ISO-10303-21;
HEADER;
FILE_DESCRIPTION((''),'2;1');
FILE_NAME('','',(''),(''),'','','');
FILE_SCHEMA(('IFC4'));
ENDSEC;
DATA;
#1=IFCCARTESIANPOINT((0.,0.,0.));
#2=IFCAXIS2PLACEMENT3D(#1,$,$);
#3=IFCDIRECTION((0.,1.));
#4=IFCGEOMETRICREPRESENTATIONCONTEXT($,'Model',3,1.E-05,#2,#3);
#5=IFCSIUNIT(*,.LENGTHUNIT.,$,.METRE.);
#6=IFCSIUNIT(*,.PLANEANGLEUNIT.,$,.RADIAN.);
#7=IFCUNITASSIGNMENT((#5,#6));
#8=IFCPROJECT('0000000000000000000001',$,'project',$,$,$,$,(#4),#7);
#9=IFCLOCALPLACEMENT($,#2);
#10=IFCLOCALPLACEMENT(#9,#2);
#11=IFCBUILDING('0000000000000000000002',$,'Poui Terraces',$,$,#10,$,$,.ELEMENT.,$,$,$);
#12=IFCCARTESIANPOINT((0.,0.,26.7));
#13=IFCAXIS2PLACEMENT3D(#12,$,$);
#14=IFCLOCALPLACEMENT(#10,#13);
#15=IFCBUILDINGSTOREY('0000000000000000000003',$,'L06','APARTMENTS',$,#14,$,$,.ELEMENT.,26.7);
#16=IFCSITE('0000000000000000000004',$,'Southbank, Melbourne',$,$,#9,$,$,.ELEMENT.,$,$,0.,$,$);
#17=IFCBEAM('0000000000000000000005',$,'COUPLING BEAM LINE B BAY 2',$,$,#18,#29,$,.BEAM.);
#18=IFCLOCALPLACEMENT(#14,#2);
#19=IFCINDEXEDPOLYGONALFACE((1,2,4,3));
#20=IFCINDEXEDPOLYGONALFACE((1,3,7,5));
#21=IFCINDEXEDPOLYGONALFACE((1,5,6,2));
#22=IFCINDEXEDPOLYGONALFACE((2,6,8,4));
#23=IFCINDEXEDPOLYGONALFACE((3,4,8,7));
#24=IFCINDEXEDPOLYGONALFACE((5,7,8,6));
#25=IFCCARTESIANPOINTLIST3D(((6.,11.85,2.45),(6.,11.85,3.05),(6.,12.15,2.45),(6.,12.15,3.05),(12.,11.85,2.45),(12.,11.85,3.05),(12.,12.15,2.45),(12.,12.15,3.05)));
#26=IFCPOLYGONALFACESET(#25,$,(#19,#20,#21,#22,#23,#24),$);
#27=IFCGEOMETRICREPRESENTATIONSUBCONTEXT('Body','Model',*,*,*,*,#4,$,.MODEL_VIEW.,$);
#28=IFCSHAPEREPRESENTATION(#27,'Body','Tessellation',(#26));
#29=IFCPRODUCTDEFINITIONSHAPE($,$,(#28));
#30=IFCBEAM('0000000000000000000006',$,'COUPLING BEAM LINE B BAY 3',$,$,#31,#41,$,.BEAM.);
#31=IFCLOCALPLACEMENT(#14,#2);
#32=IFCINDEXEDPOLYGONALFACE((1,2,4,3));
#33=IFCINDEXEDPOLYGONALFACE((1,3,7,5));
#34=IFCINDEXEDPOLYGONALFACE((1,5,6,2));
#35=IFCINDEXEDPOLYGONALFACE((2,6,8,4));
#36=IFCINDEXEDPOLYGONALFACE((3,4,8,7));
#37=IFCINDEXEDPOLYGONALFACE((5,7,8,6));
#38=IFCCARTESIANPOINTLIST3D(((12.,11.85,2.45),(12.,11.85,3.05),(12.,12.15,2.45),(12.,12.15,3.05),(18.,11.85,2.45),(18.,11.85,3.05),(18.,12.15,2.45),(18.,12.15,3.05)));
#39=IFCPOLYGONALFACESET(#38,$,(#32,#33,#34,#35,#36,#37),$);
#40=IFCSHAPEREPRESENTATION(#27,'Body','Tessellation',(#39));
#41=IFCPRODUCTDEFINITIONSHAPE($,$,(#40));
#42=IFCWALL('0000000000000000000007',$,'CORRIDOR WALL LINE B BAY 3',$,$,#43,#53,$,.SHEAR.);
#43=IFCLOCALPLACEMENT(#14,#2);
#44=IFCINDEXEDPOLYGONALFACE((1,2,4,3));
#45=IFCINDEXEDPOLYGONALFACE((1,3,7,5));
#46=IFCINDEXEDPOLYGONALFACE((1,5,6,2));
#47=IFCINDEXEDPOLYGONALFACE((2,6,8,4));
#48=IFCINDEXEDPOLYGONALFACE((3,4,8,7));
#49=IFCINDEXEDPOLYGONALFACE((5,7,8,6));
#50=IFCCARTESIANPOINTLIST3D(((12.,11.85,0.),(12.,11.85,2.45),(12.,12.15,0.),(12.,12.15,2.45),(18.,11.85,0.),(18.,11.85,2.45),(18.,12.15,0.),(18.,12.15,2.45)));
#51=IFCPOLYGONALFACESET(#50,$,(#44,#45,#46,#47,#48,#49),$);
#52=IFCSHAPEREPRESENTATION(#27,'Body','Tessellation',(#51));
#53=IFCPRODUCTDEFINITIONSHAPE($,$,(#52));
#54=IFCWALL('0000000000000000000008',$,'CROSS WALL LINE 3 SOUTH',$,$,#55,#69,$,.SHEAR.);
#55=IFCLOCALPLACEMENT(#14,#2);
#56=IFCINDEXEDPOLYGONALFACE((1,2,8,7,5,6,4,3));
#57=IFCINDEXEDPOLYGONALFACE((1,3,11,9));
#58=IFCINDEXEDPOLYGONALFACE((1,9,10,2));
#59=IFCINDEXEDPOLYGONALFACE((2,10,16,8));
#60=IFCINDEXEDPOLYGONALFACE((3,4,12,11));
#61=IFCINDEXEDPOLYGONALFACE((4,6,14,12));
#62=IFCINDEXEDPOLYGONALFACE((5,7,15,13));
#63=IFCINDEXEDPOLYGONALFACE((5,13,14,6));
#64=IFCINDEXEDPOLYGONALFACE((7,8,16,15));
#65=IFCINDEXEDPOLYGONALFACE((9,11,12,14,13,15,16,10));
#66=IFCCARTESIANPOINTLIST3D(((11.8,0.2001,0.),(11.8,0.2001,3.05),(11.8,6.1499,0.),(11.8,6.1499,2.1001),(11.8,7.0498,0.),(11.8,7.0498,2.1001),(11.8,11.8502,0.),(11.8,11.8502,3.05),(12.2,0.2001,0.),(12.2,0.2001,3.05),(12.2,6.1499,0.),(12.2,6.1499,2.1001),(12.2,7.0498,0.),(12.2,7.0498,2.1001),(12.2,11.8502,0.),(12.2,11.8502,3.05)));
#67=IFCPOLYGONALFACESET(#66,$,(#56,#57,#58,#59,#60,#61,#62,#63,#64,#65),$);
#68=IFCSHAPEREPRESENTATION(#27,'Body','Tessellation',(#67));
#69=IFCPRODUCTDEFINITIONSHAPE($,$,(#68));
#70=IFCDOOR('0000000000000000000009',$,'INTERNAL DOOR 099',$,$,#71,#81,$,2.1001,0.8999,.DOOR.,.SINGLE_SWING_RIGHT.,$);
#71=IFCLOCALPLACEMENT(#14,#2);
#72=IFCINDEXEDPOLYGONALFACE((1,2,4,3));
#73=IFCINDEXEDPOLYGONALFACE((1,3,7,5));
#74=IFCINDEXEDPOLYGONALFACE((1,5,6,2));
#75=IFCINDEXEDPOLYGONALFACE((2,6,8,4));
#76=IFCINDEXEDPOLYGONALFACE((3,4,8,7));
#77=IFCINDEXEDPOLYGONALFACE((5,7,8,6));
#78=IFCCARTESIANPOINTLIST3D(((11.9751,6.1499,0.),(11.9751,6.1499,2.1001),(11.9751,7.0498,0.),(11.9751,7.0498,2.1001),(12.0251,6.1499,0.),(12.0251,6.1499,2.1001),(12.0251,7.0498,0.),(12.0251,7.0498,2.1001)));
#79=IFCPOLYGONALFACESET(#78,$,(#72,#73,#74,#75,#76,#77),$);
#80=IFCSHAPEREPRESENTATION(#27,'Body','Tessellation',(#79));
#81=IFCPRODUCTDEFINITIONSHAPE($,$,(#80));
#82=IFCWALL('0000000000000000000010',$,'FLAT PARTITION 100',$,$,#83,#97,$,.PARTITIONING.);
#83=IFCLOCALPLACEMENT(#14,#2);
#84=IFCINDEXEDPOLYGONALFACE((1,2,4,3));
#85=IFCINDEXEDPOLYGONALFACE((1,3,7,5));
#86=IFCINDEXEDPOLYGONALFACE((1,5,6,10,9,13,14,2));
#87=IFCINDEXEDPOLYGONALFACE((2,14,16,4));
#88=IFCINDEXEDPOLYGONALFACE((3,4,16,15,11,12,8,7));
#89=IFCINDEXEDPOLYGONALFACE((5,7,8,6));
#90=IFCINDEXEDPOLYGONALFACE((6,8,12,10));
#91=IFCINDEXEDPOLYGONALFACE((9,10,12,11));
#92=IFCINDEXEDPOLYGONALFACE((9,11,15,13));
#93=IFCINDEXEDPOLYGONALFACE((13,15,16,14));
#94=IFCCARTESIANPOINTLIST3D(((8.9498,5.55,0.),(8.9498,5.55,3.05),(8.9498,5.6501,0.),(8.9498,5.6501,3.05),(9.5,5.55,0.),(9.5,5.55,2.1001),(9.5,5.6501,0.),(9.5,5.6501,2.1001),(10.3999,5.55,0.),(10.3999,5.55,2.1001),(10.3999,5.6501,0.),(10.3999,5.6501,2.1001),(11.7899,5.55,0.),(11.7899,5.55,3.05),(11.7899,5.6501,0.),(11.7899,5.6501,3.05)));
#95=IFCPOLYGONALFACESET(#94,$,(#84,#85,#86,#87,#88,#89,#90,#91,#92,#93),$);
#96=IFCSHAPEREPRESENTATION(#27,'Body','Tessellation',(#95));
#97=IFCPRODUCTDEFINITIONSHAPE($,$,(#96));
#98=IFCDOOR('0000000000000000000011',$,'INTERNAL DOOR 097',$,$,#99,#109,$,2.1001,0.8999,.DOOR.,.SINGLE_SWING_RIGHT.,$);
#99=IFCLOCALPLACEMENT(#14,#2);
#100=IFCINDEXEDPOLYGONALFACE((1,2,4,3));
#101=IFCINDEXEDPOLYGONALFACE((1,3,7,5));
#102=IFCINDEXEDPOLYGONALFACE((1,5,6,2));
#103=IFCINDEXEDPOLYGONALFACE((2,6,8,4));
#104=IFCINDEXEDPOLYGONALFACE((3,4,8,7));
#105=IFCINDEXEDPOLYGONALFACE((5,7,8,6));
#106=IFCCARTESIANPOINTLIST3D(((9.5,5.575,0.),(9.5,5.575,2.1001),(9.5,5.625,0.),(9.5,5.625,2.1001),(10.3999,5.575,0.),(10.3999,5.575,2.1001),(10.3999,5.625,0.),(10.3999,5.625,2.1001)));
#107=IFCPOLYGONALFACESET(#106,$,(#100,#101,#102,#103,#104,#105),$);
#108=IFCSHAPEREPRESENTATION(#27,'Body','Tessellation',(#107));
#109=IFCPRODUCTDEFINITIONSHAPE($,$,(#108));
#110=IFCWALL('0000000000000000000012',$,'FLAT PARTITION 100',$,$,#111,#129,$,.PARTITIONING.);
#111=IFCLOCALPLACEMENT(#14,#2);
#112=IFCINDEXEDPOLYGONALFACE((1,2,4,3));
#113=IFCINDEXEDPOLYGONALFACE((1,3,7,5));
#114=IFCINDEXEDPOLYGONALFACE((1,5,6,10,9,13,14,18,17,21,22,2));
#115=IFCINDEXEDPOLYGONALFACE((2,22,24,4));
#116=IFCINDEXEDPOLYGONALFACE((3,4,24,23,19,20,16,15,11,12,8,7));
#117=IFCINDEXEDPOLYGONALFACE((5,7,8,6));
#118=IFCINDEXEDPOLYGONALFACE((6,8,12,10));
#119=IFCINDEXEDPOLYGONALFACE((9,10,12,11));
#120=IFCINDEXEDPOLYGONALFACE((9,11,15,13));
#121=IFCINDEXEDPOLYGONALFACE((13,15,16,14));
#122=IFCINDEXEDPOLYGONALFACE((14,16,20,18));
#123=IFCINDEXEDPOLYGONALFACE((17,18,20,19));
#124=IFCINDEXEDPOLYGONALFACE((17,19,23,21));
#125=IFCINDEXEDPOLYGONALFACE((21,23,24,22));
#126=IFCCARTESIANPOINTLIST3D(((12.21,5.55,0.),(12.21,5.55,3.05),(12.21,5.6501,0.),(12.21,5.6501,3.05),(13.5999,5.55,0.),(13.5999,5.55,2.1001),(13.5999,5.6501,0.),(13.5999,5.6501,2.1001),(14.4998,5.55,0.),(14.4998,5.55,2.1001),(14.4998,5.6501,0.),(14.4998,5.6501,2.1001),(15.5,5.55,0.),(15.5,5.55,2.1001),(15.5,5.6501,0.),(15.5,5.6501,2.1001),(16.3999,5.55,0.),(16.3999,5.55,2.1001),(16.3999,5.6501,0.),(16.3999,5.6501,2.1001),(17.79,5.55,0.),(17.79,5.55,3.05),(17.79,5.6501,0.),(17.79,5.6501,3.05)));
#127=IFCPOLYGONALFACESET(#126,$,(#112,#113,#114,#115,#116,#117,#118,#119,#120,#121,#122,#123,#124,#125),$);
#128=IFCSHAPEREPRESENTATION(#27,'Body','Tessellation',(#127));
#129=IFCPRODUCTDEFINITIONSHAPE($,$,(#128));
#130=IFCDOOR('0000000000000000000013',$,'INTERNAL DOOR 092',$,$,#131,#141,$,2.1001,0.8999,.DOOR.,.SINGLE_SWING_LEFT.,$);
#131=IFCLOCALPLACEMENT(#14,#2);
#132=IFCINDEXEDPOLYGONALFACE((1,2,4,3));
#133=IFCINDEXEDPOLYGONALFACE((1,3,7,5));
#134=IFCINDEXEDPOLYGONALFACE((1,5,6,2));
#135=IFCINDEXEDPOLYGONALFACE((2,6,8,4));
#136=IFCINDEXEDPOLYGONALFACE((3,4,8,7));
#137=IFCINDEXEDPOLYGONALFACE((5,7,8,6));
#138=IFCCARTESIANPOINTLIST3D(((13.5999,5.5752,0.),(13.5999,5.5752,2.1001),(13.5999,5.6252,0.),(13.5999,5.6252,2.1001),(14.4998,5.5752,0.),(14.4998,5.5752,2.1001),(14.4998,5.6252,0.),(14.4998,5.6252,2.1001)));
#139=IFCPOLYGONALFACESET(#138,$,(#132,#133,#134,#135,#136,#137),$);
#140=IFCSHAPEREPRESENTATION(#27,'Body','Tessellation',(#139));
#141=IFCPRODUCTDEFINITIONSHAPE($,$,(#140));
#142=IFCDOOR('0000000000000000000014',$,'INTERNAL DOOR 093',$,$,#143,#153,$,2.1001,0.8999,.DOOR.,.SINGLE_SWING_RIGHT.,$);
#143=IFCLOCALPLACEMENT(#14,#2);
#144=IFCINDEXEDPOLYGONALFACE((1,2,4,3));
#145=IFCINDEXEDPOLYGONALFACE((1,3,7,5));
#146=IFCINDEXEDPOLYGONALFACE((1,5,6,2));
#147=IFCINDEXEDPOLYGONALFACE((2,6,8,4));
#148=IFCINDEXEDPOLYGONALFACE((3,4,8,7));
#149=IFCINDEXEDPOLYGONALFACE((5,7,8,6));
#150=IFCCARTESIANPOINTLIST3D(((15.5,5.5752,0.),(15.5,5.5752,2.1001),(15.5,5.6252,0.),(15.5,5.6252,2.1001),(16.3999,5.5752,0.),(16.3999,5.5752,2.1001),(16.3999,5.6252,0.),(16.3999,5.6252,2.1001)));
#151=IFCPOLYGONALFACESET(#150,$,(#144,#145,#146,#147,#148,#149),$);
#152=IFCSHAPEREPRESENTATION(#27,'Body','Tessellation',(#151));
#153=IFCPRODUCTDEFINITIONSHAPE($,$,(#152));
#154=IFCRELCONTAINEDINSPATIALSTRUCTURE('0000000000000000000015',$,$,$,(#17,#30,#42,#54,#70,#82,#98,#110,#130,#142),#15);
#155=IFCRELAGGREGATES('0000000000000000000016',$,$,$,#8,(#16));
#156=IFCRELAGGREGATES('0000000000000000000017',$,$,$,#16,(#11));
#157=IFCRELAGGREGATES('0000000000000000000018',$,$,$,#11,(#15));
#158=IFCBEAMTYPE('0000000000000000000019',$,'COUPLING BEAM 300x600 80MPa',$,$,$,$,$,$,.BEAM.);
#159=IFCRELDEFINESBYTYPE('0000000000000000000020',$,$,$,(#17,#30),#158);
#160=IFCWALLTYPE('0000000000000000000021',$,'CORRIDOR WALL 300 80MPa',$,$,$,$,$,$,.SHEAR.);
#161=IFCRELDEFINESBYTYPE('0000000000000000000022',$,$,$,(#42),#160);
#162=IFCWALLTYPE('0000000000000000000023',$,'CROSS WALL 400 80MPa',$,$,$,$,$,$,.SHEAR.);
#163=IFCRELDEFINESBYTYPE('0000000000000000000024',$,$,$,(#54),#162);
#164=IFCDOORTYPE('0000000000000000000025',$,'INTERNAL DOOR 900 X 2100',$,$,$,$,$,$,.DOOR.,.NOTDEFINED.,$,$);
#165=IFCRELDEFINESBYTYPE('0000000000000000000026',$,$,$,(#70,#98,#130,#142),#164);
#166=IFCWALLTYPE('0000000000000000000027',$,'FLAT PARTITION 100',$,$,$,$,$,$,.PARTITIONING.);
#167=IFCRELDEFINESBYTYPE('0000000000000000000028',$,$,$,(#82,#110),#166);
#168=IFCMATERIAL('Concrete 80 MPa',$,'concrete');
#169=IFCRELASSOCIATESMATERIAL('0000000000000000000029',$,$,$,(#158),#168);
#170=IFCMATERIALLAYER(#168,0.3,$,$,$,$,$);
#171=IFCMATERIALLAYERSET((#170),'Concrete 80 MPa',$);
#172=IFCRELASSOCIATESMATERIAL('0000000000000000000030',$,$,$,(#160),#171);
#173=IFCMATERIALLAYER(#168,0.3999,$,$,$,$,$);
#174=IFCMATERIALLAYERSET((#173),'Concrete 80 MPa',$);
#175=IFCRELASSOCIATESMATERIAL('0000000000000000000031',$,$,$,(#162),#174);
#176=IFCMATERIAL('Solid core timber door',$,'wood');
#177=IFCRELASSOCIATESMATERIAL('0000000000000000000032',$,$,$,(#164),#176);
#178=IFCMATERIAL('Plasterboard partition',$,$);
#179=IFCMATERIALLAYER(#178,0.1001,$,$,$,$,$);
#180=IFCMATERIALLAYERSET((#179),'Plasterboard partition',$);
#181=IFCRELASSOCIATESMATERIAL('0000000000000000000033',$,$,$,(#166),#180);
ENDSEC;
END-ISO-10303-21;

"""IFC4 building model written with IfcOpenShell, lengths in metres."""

from ifc_helpers import new_model, si_unit, direction, frame, frame_2d, origin, origin_2d, place, context, subcontext, project, spatial, rectangle, extrude, source, transform, mapped, material, layer, layer_set, material_profile, profile_set, type_object, element, fill, save


model = new_model("IFC4")

# Units and contexts
model_context = context("Model", 3, precision=1e-05, world=origin(), true_north=direction((0.0, 1.0)))
body_context = subcontext(model_context, "Body", "Model", "MODEL_VIEW")
ifc_project = project(units=[si_unit("LENGTHUNIT", "METRE"), si_unit("PLANEANGLEUNIT", "RADIAN")], contexts=[model_context])

# Site, building, storey
site_placement = place(None, origin())
site = spatial("IfcSite", under=ifc_project, at=site_placement, Name="Southbank, Melbourne", CompositionType="ELEMENT", RefElevation=0.0)
building_placement = place(site_placement, origin())
building = spatial("IfcBuilding", under=site, at=building_placement, Name="Poui Terraces", CompositionType="ELEMENT")
storey_placement = place(building_placement, frame((0.0, 0.0, 26.7)))
storey = spatial("IfcBuildingStorey", under=building, at=storey_placement, Name="L06", Description="APARTMENTS", CompositionType="ELEMENT", Elevation=26.7)

# Beams
ifc_material_1 = material(Name="Concrete 80 MPa", Category="concrete")
ifc_material_profile = material_profile(ifc_material_1, rectangle(XDim=0.3, YDim=0.6001, at=origin_2d()), Name="RC 300x600")
ifc_profile_set = profile_set([ifc_material_profile], Name="Concrete 80 MPa")
beam_type = type_object("IfcBeamType", Name="COUPLING BEAM 300x600 80MPa", PredefinedType="BEAM", material=ifc_profile_set)
shared_shape = source(origin(), body_context, "Body", "SweptSolid", [
    extrude(rectangle(XDim=0.3, YDim=0.6001, at=origin_2d()), origin(), (0.0, 0.0, 1.0), 6.0),
])
for number, where, z_axis, x_axis, name in (
    (1, (6.0, 12.0, 2.75), (1.0, 0.0, 0.0), (0.0, 1.0, 0.0), "COUPLING BEAM LINE B BAY 2"),
    (2, (12.0, 12.0, 2.75), (1.0, 0.0, 0.0), (0.0, 1.0, 0.0), "COUPLING BEAM LINE B BAY 3"),
):
    element("IfcBeam", number, at=place(storey_placement, frame(where, z_axis=z_axis, x_axis=x_axis)), inside=storey, type_object=beam_type, Name=name, PredefinedType="BEAM", context=body_context, shape_type="MappedRepresentation", body=[
        mapped(shared_shape, transform((0.0, 0.0, 0.0))),
    ])

# Wall
ifc_layer_1 = layer(ifc_material_1, 0.3)
ifc_layer_set_1 = layer_set([ifc_layer_1], Name="Concrete 80 MPa")
wall_type_1 = type_object("IfcWallType", Name="CORRIDOR WALL 300 80MPa", PredefinedType="SHEAR", material=ifc_layer_set_1)
wall_1_placement = place(storey_placement, frame((12.0, 12.0, 0.0), z_axis=(0.0, 0.0, 1.0), x_axis=(1.0, 0.0, 0.0)))
element("IfcWall", 3, at=wall_1_placement, inside=storey, type_object=wall_type_1, Name="CORRIDOR WALL LINE B BAY 3", PredefinedType="SHEAR", context=body_context, shape_type="SweptSolid", body=[
    extrude(rectangle(XDim=6.0, YDim=0.3, at=frame_2d((3.0, 0.0))), origin(), (0.0, 0.0, 1.0), 2.45),
])

# Walls, openings, doors
ifc_layer_2 = layer(ifc_material_1, 0.3999)
ifc_layer_set_2 = layer_set([ifc_layer_2], Name="Concrete 80 MPa")
wall_type_2 = type_object("IfcWallType", Name="CROSS WALL 400 80MPa", PredefinedType="SHEAR", material=ifc_layer_set_2)
wall_2_placement = place(storey_placement, frame((12.0, 0.2, 0.0), z_axis=(0.0, 0.0, 1.0), x_axis=(0.0, 1.0, 0.0)))
wall_2 = element("IfcWall", 4, at=wall_2_placement, inside=storey, type_object=wall_type_2, Name="CROSS WALL LINE 3 SOUTH", PredefinedType="SHEAR", context=body_context, shape_type="SweptSolid", body=[
    extrude(rectangle(XDim=11.6501, YDim=0.3999, at=frame_2d((5.8252, 0.0))), origin(), (0.0, 0.0, 1.0), 3.05),
])
opening_1_placement = place(wall_2_placement, frame((5.95, 0.0, 0.0)))
opening_1 = element("IfcOpeningElement", 5, at=opening_1_placement, cuts=wall_2, PredefinedType="OPENING", context=body_context, shape_type="SweptSolid", body=[
    extrude(rectangle(XDim=0.8999, YDim=2.1001, at=frame_2d((0.45, 1.05))), frame((0.0, 0.21, 0.0), z_axis=(0.0, -1.0, 0.0), x_axis=(1.0, 0.0, 0.0)), (0.0, 0.0, 1.0), 0.4199),
])
ifc_material_2 = material(Name="Solid core timber door", Category="wood")
door_type_1 = type_object("IfcDoorType", Name="INTERNAL DOOR 900 X 2100", OperationType="NOTDEFINED", PredefinedType="DOOR", material=ifc_material_2)
door_1_placement = place(opening_1_placement, origin())
door_1 = element("IfcDoor", 6, at=door_1_placement, inside=storey, type_object=door_type_1, Name="INTERNAL DOOR 099", OperationType="SINGLE_SWING_RIGHT", OverallHeight=2.1001, OverallWidth=0.8999, PredefinedType="DOOR", context=body_context, shape_type="SweptSolid", body=[
    extrude(rectangle(XDim=0.8999, YDim=2.1001, at=frame_2d((0.45, 1.05))), frame((0.0, 0.0249, 0.0), z_axis=(0.0, -1.0, 0.0), x_axis=(1.0, 0.0, 0.0)), (0.0, 0.0, 1.0), 0.05),
])
fill(opening_1, door_1)
ifc_material_3 = material(Name="Plasterboard partition")
ifc_layer_3 = layer(ifc_material_3, 0.1001)
ifc_layer_set_3 = layer_set([ifc_layer_3], Name="Plasterboard partition")
wall_type_3 = type_object("IfcWallType", Name="FLAT PARTITION 100", PredefinedType="PARTITIONING", material=ifc_layer_set_3)
wall_3_placement = place(storey_placement, frame((8.95, 5.6001, 0.0), z_axis=(0.0, 0.0, 1.0), x_axis=(1.0, 0.0, 0.0)))
wall_3 = element("IfcWall", 7, at=wall_3_placement, inside=storey, type_object=wall_type_3, Name="FLAT PARTITION 100", PredefinedType="PARTITIONING", context=body_context, shape_type="SweptSolid", body=[
    extrude(rectangle(XDim=2.8401, YDim=0.1001, at=frame_2d((1.4199, 0.0))), origin(), (0.0, 0.0, 1.0), 3.05),
])
opening_2_placement = place(wall_3_placement, frame((0.55, 0.0, 0.0)))
opening_2 = element("IfcOpeningElement", 8, at=opening_2_placement, cuts=wall_3, PredefinedType="OPENING", context=body_context, shape_type="SweptSolid", body=[
    extrude(rectangle(XDim=0.8999, YDim=2.1001, at=frame_2d((0.45, 1.05))), frame((0.0, 0.0601, 0.0), z_axis=(0.0, -1.0, 0.0), x_axis=(1.0, 0.0, 0.0)), (0.0, 0.0, 1.0), 0.1201),
])
door_2_placement = place(opening_2_placement, origin())
door_2 = element("IfcDoor", 9, at=door_2_placement, inside=storey, type_object=door_type_1, Name="INTERNAL DOOR 097", OperationType="SINGLE_SWING_RIGHT", OverallHeight=2.1001, OverallWidth=0.8999, PredefinedType="DOOR", context=body_context, shape_type="SweptSolid", body=[
    extrude(rectangle(XDim=0.8999, YDim=2.1001, at=frame_2d((0.45, 1.05))), frame((0.0, 0.0249, 0.0), z_axis=(0.0, -1.0, 0.0), x_axis=(1.0, 0.0, 0.0)), (0.0, 0.0, 1.0), 0.05),
])
fill(opening_2, door_2)

# Wall, openings, doors
wall_4_placement = place(storey_placement, frame((12.21, 5.6001, 0.0), z_axis=(0.0, 0.0, 1.0), x_axis=(1.0, 0.0, 0.0)))
wall_4 = element("IfcWall", 10, at=wall_4_placement, inside=storey, type_object=wall_type_3, Name="FLAT PARTITION 100", PredefinedType="PARTITIONING", context=body_context, shape_type="SweptSolid", body=[
    extrude(rectangle(XDim=5.5801, YDim=0.1001, at=frame_2d((2.79, 0.0))), origin(), (0.0, 0.0, 1.0), 3.05),
])
opening_3_placement = place(wall_4_placement, frame((1.3899, 0.0, 0.0)))
opening_3 = element("IfcOpeningElement", 11, at=opening_3_placement, cuts=wall_4, PredefinedType="OPENING", context=body_context, shape_type="SweptSolid", body=[
    extrude(rectangle(XDim=0.8999, YDim=2.1001, at=frame_2d((0.45, 1.05))), frame((0.0, 0.0601, 0.0), z_axis=(0.0, -1.0, 0.0), x_axis=(1.0, 0.0, 0.0)), (0.0, 0.0, 1.0), 0.1201),
])
opening_4_placement = place(wall_4_placement, frame((3.29, 0.0, 0.0)))
opening_4 = element("IfcOpeningElement", 12, at=opening_4_placement, cuts=wall_4, PredefinedType="OPENING", context=body_context, shape_type="SweptSolid", body=[
    extrude(rectangle(XDim=0.8999, YDim=2.1001, at=frame_2d((0.45, 1.05))), frame((0.0, 0.0601, 0.0), z_axis=(0.0, -1.0, 0.0), x_axis=(1.0, 0.0, 0.0)), (0.0, 0.0, 1.0), 0.1201),
])
door_3_placement = place(opening_3_placement, frame((0.8999, 0.0, 0.0), z_axis=(0.0, 0.0, 1.0), x_axis=(-1.0, 0.0, 0.0)))
door_3 = element("IfcDoor", 13, at=door_3_placement, inside=storey, type_object=door_type_1, Name="INTERNAL DOOR 092", OperationType="SINGLE_SWING_LEFT", OverallHeight=2.1001, OverallWidth=0.8999, PredefinedType="DOOR", context=body_context, shape_type="SweptSolid", body=[
    extrude(rectangle(XDim=0.8999, YDim=2.1001, at=frame_2d((0.45, 1.05))), frame((0.0, 0.0249, 0.0), z_axis=(0.0, -1.0, 0.0), x_axis=(1.0, 0.0, 0.0)), (0.0, 0.0, 1.0), 0.05),
])
fill(opening_3, door_3)
door_4_placement = place(opening_4_placement, frame((0.8999, 0.0, 0.0), z_axis=(0.0, 0.0, 1.0), x_axis=(-1.0, 0.0, 0.0)))
door_4 = element("IfcDoor", 14, at=door_4_placement, inside=storey, type_object=door_type_1, Name="INTERNAL DOOR 093", OperationType="SINGLE_SWING_RIGHT", OverallHeight=2.1001, OverallWidth=0.8999, PredefinedType="DOOR", context=body_context, shape_type="SweptSolid", body=[
    extrude(rectangle(XDim=0.8999, YDim=2.1001, at=frame_2d((0.45, 1.05))), frame((0.0, 0.0249, 0.0), z_axis=(0.0, -1.0, 0.0), x_axis=(1.0, 0.0, 0.0)), (0.0, 0.0, 1.0), 0.05),
])
fill(opening_4, door_4)

save(model, "model.ifc")
